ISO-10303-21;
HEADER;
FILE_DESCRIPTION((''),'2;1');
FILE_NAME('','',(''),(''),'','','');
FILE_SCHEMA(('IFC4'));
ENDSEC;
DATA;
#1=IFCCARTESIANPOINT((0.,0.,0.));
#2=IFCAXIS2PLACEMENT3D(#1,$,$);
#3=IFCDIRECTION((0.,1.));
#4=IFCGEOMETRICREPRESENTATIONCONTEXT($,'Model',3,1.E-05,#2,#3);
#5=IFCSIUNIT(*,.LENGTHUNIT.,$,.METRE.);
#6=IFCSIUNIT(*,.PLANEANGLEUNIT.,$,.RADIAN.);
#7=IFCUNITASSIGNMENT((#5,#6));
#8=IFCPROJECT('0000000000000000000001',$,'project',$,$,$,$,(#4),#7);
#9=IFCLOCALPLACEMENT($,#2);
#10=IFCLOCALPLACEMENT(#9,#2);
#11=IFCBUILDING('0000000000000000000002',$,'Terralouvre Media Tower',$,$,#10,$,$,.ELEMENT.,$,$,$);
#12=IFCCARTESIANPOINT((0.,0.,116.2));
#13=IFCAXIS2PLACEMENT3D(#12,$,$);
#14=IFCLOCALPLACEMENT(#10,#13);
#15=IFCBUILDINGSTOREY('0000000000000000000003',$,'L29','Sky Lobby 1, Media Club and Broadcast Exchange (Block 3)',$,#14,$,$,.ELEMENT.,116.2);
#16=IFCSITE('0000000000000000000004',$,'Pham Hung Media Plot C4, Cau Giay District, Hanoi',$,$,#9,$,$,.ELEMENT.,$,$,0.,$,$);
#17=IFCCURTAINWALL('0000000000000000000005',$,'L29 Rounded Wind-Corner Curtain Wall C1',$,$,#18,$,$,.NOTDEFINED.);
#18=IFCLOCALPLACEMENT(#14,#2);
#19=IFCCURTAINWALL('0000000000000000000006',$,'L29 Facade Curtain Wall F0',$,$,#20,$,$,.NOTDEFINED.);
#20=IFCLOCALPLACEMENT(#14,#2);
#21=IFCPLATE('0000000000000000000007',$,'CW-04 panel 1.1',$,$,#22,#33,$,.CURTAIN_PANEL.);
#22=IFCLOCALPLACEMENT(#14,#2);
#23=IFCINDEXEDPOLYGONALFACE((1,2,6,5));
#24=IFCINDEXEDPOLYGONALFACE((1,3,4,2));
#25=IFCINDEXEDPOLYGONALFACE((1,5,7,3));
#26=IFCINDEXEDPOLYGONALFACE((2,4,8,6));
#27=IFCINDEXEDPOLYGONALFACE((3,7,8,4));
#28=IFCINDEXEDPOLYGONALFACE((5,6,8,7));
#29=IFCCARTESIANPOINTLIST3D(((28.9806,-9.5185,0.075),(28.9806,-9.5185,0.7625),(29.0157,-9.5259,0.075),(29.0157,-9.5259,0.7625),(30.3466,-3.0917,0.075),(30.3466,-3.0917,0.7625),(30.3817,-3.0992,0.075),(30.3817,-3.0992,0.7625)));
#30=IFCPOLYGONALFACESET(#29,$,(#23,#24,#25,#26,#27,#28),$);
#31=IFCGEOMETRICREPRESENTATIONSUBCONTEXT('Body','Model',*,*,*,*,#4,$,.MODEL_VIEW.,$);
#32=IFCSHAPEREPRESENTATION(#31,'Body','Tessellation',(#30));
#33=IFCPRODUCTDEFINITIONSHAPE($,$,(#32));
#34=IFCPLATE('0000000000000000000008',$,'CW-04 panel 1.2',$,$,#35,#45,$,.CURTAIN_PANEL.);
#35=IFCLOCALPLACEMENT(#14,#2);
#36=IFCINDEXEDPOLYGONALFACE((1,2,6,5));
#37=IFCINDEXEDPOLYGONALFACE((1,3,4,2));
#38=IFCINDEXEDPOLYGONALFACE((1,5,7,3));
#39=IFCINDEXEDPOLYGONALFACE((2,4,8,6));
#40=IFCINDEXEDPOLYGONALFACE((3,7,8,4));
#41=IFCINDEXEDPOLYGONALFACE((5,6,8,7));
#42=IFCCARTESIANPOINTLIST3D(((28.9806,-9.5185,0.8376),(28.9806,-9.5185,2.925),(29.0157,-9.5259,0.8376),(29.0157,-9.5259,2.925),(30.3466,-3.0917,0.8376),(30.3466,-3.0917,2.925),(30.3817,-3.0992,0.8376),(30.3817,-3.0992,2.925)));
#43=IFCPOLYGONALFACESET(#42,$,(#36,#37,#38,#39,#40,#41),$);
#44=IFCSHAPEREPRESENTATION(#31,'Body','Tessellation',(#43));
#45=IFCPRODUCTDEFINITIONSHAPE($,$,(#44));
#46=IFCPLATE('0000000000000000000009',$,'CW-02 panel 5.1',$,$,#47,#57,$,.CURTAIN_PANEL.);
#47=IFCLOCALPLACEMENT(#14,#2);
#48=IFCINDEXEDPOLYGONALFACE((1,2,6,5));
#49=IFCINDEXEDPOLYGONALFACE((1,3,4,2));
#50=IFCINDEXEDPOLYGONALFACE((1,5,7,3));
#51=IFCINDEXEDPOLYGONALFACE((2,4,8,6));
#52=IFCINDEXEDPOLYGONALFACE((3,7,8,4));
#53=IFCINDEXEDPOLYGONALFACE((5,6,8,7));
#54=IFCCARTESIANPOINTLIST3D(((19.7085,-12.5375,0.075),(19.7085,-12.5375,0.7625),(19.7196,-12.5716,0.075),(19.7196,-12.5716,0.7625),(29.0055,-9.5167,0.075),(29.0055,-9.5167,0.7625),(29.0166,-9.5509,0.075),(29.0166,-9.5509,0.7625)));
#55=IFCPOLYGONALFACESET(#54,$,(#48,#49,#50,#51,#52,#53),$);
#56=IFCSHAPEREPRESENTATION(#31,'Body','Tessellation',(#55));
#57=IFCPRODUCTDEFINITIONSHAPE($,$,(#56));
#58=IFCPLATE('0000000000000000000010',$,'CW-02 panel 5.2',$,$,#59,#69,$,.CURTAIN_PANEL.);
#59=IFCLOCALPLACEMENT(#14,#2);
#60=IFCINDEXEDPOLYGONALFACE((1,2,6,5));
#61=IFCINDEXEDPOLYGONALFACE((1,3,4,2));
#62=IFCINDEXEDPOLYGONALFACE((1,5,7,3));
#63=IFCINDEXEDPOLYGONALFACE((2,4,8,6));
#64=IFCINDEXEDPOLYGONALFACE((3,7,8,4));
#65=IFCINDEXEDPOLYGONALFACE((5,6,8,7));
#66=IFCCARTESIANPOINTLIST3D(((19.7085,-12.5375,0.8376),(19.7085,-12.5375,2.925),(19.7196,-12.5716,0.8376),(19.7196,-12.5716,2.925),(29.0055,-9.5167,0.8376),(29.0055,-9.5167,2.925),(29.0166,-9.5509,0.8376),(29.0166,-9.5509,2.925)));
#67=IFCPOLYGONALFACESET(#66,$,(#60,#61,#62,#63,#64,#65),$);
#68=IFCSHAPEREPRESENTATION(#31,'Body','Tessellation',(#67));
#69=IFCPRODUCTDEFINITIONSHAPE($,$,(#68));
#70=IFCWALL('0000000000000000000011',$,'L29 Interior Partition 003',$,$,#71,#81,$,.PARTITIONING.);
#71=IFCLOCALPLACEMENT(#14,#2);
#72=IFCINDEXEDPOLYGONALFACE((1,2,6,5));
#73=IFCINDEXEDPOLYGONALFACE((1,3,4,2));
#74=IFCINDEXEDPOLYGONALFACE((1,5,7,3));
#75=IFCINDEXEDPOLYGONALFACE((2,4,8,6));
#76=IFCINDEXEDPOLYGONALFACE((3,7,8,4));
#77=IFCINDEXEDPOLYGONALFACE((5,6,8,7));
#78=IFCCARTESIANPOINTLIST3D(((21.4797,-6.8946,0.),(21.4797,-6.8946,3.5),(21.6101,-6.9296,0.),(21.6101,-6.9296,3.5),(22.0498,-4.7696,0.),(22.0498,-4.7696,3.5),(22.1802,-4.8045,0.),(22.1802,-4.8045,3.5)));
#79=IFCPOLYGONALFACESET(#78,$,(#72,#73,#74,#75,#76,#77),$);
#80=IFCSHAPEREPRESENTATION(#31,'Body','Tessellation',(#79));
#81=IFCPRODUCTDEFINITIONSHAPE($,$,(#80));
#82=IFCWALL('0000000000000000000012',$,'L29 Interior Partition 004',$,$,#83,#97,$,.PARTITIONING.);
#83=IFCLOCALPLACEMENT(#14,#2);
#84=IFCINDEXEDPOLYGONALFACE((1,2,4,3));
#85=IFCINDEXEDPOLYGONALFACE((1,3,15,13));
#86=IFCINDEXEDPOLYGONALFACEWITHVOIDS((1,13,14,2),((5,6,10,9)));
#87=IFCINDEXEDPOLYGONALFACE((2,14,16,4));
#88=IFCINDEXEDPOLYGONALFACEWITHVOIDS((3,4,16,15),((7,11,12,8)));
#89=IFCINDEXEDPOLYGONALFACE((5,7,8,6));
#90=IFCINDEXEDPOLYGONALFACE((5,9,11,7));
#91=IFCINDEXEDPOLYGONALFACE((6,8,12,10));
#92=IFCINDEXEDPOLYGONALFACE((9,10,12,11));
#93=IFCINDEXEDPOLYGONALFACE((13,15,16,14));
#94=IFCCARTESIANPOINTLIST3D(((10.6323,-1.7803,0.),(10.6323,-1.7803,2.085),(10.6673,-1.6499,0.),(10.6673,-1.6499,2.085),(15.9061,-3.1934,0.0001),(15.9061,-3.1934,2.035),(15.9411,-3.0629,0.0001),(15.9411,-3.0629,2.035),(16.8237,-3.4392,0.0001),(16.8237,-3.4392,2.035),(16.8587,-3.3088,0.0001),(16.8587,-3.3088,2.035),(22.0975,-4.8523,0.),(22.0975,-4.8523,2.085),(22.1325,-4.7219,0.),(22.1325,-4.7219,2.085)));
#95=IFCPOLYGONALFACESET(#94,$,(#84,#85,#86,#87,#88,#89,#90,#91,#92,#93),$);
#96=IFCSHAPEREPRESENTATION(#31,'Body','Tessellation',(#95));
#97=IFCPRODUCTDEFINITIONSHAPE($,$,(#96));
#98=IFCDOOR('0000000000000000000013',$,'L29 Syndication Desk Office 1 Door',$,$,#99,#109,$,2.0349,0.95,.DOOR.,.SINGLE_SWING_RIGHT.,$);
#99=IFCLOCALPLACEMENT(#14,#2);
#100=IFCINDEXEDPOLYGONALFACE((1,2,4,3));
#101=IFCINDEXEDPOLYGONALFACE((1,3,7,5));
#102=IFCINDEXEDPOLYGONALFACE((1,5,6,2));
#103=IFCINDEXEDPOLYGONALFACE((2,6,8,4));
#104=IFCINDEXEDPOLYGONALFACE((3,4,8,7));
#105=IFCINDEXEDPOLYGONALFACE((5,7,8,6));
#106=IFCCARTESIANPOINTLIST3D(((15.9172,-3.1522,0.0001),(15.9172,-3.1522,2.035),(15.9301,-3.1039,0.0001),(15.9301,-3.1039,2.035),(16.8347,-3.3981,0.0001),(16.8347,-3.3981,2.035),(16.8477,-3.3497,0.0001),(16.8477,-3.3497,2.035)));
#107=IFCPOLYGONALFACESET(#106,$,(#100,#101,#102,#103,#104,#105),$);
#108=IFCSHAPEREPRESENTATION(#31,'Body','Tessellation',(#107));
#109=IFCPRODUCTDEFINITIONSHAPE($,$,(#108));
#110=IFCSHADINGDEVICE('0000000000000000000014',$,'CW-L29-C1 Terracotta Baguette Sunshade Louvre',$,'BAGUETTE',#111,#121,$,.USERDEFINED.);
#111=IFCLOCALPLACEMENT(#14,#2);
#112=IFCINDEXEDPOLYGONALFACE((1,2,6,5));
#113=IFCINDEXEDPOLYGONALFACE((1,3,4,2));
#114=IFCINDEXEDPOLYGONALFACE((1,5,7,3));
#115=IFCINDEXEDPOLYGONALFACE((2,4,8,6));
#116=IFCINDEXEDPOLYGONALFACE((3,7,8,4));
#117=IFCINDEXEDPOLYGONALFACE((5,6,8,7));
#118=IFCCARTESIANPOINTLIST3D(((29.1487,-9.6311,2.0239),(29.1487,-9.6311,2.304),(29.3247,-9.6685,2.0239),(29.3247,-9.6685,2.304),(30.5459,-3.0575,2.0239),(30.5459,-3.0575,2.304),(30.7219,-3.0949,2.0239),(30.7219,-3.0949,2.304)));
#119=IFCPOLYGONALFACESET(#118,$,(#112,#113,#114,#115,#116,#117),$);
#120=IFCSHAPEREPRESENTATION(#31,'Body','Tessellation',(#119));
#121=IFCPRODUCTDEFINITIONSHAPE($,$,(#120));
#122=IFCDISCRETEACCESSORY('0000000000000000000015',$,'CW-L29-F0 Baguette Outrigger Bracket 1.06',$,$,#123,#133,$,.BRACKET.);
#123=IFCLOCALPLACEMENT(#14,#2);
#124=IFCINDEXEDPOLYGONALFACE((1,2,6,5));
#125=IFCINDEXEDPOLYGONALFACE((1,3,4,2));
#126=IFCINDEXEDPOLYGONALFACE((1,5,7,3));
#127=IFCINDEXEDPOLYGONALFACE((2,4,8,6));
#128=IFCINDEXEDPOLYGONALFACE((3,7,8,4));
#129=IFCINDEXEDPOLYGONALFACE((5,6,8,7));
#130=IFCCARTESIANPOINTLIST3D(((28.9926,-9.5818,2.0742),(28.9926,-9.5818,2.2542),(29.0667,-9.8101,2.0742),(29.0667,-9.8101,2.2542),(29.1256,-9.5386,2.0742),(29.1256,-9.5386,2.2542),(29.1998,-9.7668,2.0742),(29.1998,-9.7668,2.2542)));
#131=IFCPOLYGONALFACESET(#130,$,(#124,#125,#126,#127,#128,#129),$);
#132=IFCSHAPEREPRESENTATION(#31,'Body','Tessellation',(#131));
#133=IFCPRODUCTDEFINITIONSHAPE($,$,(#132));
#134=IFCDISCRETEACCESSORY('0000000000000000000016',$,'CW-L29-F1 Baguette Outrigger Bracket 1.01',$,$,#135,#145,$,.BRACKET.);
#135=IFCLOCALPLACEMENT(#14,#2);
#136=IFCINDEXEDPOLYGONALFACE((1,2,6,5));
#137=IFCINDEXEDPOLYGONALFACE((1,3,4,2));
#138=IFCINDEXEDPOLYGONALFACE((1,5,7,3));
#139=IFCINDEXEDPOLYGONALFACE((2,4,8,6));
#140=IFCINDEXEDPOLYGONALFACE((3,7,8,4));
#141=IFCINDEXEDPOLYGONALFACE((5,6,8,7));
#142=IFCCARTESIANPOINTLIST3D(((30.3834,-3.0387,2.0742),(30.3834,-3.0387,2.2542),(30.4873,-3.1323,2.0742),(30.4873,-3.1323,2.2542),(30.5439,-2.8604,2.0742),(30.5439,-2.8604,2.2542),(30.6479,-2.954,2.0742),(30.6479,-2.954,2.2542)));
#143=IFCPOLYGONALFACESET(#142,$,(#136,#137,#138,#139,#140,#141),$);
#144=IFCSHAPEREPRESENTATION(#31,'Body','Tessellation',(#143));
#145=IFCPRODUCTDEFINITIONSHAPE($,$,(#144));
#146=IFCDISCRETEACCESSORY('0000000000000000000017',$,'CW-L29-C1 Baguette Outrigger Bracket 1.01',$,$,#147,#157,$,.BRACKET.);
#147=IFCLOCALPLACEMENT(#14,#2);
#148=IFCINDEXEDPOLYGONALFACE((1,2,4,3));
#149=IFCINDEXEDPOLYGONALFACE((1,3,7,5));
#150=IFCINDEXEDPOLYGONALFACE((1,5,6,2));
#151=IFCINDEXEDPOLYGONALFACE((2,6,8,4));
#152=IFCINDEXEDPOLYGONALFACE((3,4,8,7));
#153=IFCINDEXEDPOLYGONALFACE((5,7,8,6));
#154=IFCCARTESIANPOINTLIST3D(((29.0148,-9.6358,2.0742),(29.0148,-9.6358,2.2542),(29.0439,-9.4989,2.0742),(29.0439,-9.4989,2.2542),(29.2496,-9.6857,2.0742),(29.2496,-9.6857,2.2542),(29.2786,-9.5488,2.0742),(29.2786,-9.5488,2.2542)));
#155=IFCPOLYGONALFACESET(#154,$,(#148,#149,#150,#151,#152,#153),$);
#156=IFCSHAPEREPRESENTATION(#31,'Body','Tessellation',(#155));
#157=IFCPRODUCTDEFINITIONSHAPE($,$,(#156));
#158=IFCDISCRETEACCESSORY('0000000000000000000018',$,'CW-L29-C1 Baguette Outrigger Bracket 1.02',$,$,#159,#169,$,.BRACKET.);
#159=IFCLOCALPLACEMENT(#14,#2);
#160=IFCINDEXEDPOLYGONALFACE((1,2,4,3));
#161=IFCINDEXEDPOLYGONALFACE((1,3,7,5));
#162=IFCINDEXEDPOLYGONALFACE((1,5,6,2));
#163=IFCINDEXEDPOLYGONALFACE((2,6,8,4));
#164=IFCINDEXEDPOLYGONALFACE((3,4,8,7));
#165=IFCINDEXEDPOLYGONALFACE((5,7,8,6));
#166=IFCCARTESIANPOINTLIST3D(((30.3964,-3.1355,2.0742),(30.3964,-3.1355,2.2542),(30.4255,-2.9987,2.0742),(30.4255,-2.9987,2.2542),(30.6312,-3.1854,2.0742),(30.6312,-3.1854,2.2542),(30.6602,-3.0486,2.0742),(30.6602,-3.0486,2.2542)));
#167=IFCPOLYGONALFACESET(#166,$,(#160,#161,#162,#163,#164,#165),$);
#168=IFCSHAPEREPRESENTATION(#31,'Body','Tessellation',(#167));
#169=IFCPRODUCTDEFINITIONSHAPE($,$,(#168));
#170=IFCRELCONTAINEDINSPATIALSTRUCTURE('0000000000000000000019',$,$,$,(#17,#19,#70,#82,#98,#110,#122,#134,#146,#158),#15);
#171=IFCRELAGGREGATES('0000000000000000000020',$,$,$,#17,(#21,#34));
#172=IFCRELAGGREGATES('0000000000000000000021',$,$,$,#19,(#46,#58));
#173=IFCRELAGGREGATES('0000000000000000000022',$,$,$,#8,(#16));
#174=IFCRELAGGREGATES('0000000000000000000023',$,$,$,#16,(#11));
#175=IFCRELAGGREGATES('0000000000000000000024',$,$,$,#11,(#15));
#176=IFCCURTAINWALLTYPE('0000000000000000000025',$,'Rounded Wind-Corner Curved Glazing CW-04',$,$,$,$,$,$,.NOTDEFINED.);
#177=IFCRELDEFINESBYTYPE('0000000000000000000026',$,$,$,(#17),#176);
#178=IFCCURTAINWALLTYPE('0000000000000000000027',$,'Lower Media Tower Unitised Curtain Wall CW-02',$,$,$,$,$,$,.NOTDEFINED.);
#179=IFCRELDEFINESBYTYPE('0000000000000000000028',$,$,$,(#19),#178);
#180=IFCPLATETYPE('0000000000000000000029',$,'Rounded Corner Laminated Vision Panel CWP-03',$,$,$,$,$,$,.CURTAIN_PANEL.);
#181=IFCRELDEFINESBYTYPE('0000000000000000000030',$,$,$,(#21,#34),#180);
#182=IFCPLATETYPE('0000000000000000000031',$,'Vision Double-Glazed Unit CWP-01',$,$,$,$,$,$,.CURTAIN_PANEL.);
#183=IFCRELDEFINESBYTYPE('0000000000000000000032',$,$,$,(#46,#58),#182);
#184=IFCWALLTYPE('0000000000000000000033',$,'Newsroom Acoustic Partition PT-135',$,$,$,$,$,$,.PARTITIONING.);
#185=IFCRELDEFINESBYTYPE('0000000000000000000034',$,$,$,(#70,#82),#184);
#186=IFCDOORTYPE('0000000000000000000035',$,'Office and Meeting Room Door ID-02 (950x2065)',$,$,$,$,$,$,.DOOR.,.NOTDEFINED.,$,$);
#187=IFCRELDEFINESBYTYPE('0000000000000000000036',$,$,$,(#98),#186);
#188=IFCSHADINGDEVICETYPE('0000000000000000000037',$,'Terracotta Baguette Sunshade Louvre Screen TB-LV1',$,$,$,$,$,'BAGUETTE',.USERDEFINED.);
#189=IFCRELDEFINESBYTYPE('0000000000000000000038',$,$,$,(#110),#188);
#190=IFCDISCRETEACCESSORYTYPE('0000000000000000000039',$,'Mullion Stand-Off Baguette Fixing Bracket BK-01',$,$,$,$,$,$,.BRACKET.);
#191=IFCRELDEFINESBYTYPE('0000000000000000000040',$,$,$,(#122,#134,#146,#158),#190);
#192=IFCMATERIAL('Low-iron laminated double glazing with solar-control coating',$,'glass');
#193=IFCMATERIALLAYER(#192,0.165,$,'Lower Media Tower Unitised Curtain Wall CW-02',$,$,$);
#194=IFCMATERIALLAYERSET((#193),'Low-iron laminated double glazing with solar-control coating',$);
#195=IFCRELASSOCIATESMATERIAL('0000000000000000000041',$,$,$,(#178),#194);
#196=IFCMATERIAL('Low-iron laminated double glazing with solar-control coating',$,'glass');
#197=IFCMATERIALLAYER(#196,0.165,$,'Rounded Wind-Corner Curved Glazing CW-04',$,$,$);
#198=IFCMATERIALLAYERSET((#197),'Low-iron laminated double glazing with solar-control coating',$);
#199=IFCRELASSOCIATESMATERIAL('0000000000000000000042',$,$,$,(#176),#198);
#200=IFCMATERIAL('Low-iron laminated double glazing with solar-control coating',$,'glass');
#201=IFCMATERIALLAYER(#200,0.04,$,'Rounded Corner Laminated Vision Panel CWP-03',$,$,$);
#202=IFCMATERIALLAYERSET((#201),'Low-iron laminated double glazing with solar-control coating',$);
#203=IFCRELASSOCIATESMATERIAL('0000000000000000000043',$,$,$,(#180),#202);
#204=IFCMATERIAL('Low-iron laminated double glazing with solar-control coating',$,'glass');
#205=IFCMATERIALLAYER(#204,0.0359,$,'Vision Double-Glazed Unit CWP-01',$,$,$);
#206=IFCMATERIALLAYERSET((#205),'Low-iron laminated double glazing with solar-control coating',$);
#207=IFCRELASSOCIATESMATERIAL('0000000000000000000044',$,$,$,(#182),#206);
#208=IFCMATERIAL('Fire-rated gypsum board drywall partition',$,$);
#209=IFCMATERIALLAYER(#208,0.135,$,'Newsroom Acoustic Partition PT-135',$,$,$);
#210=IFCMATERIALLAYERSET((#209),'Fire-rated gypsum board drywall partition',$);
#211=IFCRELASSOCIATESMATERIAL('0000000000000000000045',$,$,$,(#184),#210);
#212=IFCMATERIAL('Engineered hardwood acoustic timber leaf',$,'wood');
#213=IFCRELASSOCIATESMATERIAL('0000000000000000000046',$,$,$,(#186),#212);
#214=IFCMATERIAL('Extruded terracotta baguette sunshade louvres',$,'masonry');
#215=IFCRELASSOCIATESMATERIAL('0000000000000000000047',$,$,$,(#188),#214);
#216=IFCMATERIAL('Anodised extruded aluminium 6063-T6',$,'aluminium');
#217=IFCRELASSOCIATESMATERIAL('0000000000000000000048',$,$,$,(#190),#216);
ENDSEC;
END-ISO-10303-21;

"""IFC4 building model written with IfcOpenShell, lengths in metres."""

from ifc_helpers import new_model, si_unit, direction, frame, frame_2d, origin, origin_2d, place, context, subcontext, project, spatial, rectangle, extrude, material, layer, layer_set, type_object, element, fill, aggregate, save


model = new_model("IFC4")

# Units and contexts
model_context = context("Model", 3, precision=1e-05, world=origin(), true_north=direction((0.0, 1.0)))
body_context = subcontext(model_context, "Body", "Model", "MODEL_VIEW")
ifc_project = project(units=[si_unit("LENGTHUNIT", "METRE"), si_unit("PLANEANGLEUNIT", "RADIAN")], contexts=[model_context])

# Site, building, storey
site_placement = place(None, origin())
site = spatial("IfcSite", under=ifc_project, at=site_placement, Name="Pham Hung Media Plot C4, Cau Giay District, Hanoi", CompositionType="ELEMENT", RefElevation=0.0)
building_placement = place(site_placement, origin())
building = spatial("IfcBuilding", under=site, at=building_placement, Name="Terralouvre Media Tower", CompositionType="ELEMENT")
storey_placement = place(building_placement, frame((0.0, 0.0, 116.2)))
storey = spatial("IfcBuildingStorey", under=building, at=storey_placement, Name="L29", Description="Sky Lobby 1, Media Club and Broadcast Exchange (Block 3)", CompositionType="ELEMENT", Elevation=116.2)

# Curtain wall
ifc_material_1 = material(Name="Low-iron laminated double glazing with solar-control coating", Category="glass")
ifc_layer_1 = layer(ifc_material_1, 0.165, Name="Lower Media Tower Unitised Curtain Wall CW-02")
ifc_layer_set_1 = layer_set([ifc_layer_1], Name="Low-iron laminated double glazing with solar-control coating")
curtain_wall_type_1 = type_object("IfcCurtainWallType", Name="Lower Media Tower Unitised Curtain Wall CW-02", PredefinedType="NOTDEFINED", material=ifc_layer_set_1)
ifc_material_2 = material(Name="Low-iron laminated double glazing with solar-control coating", Category="glass")
ifc_layer_2 = layer(ifc_material_2, 0.165, Name="Rounded Wind-Corner Curved Glazing CW-04")
ifc_layer_set_2 = layer_set([ifc_layer_2], Name="Low-iron laminated double glazing with solar-control coating")
curtain_wall_type_2 = type_object("IfcCurtainWallType", Name="Rounded Wind-Corner Curved Glazing CW-04", PredefinedType="NOTDEFINED", material=ifc_layer_set_2)
curtain_wall_1_placement = place(storey_placement, origin())
curtain_wall_1 = element("IfcCurtainWall", 1, at=curtain_wall_1_placement, inside=storey, type_object=curtain_wall_type_2, Name="L29 Rounded Wind-Corner Curtain Wall C1", PredefinedType="NOTDEFINED")

# Curtain wall
curtain_wall_2_placement = place(storey_placement, origin())
curtain_wall_2 = element("IfcCurtainWall", 2, at=curtain_wall_2_placement, inside=storey, type_object=curtain_wall_type_1, Name="L29 Facade Curtain Wall F0", PredefinedType="NOTDEFINED")

# Plates
ifc_material_3 = material(Name="Low-iron laminated double glazing with solar-control coating", Category="glass")
ifc_layer_3 = layer(ifc_material_3, 0.04, Name="Rounded Corner Laminated Vision Panel CWP-03")
ifc_layer_set_3 = layer_set([ifc_layer_3], Name="Low-iron laminated double glazing with solar-control coating")
plate_type_1 = type_object("IfcPlateType", Name="Rounded Corner Laminated Vision Panel CWP-03", PredefinedType="CURTAIN_PANEL", material=ifc_layer_set_3)
plate_1_placement = place(storey_placement, frame((29.6812, -6.3088, 0.075), z_axis=(0.0, 0.0, 1.0), x_axis=(0.207912, 0.978148, 0.0)))
plate_1 = element("IfcPlate", 3, at=plate_1_placement, type_object=plate_type_1, Name="CW-04 panel 1.1", PredefinedType="CURTAIN_PANEL", context=body_context, shape_type="SweptSolid", body=[
    extrude(rectangle(XDim=6.5703, YDim=0.0359, at=origin_2d()), origin(), (0.0, 0.0, 1.0), 0.6875),
])
plate_2_placement = place(storey_placement, frame((29.6812, -6.3088, 0.8376), z_axis=(0.0, 0.0, 1.0), x_axis=(0.207912, 0.978148, 0.0)))
plate_2 = element("IfcPlate", 4, at=plate_2_placement, type_object=plate_type_1, Name="CW-04 panel 1.2", PredefinedType="CURTAIN_PANEL", context=body_context, shape_type="SweptSolid", body=[
    extrude(rectangle(XDim=6.5703, YDim=0.0359, at=origin_2d()), origin(), (0.0, 0.0, 1.0), 2.0874),
])
aggregate(curtain_wall_1, [plate_1, plate_2])
ifc_material_4 = material(Name="Low-iron laminated double glazing with solar-control coating", Category="glass")
ifc_layer_4 = layer(ifc_material_4, 0.0359, Name="Vision Double-Glazed Unit CWP-01")
ifc_layer_set_4 = layer_set([ifc_layer_4], Name="Low-iron laminated double glazing with solar-control coating")
plate_type_2 = type_object("IfcPlateType", Name="Vision Double-Glazed Unit CWP-01", PredefinedType="CURTAIN_PANEL", material=ifc_layer_set_4)
plate_3_placement = place(storey_placement, frame((24.3625, -11.0442, 0.075), z_axis=(0.0, 0.0, 1.0), x_axis=(0.951057, 0.309017, 0.0)))
plate_3 = element("IfcPlate", 5, at=plate_3_placement, type_object=plate_type_2, Name="CW-02 panel 5.1", PredefinedType="CURTAIN_PANEL", context=body_context, shape_type="SweptSolid", body=[
    extrude(rectangle(XDim=9.7754, YDim=0.0359, at=origin_2d()), origin(), (0.0, 0.0, 1.0), 0.6875),
])
plate_4_placement = place(storey_placement, frame((24.3625, -11.0442, 0.8376), z_axis=(0.0, 0.0, 1.0), x_axis=(0.951057, 0.309017, 0.0)))
plate_4 = element("IfcPlate", 6, at=plate_4_placement, type_object=plate_type_2, Name="CW-02 panel 5.2", PredefinedType="CURTAIN_PANEL", context=body_context, shape_type="SweptSolid", body=[
    extrude(rectangle(XDim=9.7754, YDim=0.0359, at=origin_2d()), origin(), (0.0, 0.0, 1.0), 2.0874),
])
aggregate(curtain_wall_2, [plate_3, plate_4])

# Wall
ifc_material_5 = material(Name="Fire-rated gypsum board drywall partition")
ifc_layer_5 = layer(ifc_material_5, 0.135, Name="Newsroom Acoustic Partition PT-135")
ifc_layer_set_5 = layer_set([ifc_layer_5], Name="Fire-rated gypsum board drywall partition")
wall_type = type_object("IfcWallType", Name="Newsroom Acoustic Partition PT-135", PredefinedType="PARTITIONING", material=ifc_layer_set_5)
wall_1_placement = place(storey_placement, frame((21.5449, -6.9121, 0.0), z_axis=(0.0, 0.0, 1.0), x_axis=(0.259106, 0.965849, 0.0)))
element("IfcWall", 7, at=wall_1_placement, inside=storey, type_object=wall_type, Name="L29 Interior Partition 003", PredefinedType="PARTITIONING", context=body_context, shape_type="SweptSolid", body=[
    extrude(rectangle(XDim=2.2002, YDim=0.135, at=frame_2d((1.1001, 0.0))), origin(), (0.0, 0.0, 1.0), 3.5),
])

# Wall, opening, door
wall_2_placement = place(storey_placement, frame((22.115, -4.7871, 0.0), z_axis=(0.0, 0.0, 1.0), x_axis=(-0.965927, 0.258816, 0.0)))
wall_2 = element("IfcWall", 8, at=wall_2_placement, inside=storey, type_object=wall_type, Name="L29 Interior Partition 004", PredefinedType="PARTITIONING", context=body_context, shape_type="SweptSolid", body=[
    extrude(rectangle(XDim=11.8696, YDim=0.135, at=frame_2d((5.9348, 0.0))), origin(), (0.0, 0.0, 1.0), 2.085),
])
opening_placement = place(wall_2_placement, frame((5.4597, 0.0, 0.0)))
opening = element("IfcOpeningElement", 9, at=opening_placement, cuts=wall_2, PredefinedType="OPENING", context=body_context, shape_type="SweptSolid", body=[
    extrude(rectangle(XDim=0.95, YDim=2.0349, at=frame_2d((0.4751, 1.0176))), frame((0.0, 0.0774, 0.0), z_axis=(0.0, -1.0, 0.0), x_axis=(1.0, 0.0, 0.0)), (0.0, 0.0, 1.0), 0.155),
])
ifc_material_6 = material(Name="Engineered hardwood acoustic timber leaf", Category="wood")
door_type = type_object("IfcDoorType", Name="Office and Meeting Room Door ID-02 (950x2065)", OperationType="NOTDEFINED", PredefinedType="DOOR", material=ifc_material_6)
door_placement = place(opening_placement, origin())
door = element("IfcDoor", 10, at=door_placement, inside=storey, type_object=door_type, Name="L29 Syndication Desk Office 1 Door", OperationType="SINGLE_SWING_RIGHT", OverallHeight=2.0349, OverallWidth=0.95, PredefinedType="DOOR", context=body_context, shape_type="SweptSolid", body=[
    extrude(rectangle(XDim=0.95, YDim=2.0349, at=frame_2d((0.4751, 1.0176))), frame((0.0, 0.0249, 0.0), z_axis=(0.0, -1.0, 0.0), x_axis=(1.0, 0.0, 0.0)), (0.0, 0.0, 1.0), 0.05),
])
fill(opening, door)

# Shading device
ifc_material_7 = material(Name="Extruded terracotta baguette sunshade louvres", Category="masonry")
shading_device_type = type_object("IfcShadingDeviceType", Name="Terracotta Baguette Sunshade Louvre Screen TB-LV1", ElementType="BAGUETTE", PredefinedType="USERDEFINED", material=ifc_material_7)
shading_device_placement = place(storey_placement, frame((29.9353, -6.363, 2.0239), z_axis=(0.0, 0.0, 1.0), x_axis=(0.207912, 0.978148, 0.0)))
element("IfcShadingDevice", 11, at=shading_device_placement, inside=storey, type_object=shading_device_type, Name="CW-L29-C1 Terracotta Baguette Sunshade Louvre", ObjectType="BAGUETTE", PredefinedType="USERDEFINED", context=body_context, shape_type="SweptSolid", body=[
    extrude(rectangle(XDim=6.7205, YDim=0.1799, at=origin_2d()), origin(), (0.0, 0.0, 1.0), 0.28),
])

# Discrete accessories
ifc_material_8 = material(Name="Anodised extruded aluminium 6063-T6", Category="aluminium")
discrete_accessory_type = type_object("IfcDiscreteAccessoryType", Name="Mullion Stand-Off Baguette Fixing Bracket BK-01", PredefinedType="BRACKET", material=ifc_material_8)
for number, where, z_axis, x_axis, name in (
    (12, (29.0962, -9.6743, 2.0742), (0.0, 0.0, 1.0), (0.951057, 0.309017, 0.0), "CW-L29-F0 Baguette Outrigger Bracket 1.06"),
    (13, (30.5156, -2.9963, 2.0742), (0.0, 0.0, 1.0), (-0.743145, 0.669131, 0.0), "CW-L29-F1 Baguette Outrigger Bracket 1.01"),
    (14, (29.1467, -9.5923, 2.0742), (0.0, 0.0, 1.0), (0.207912, 0.978148, 0.0), "CW-L29-C1 Baguette Outrigger Bracket 1.01"),
    (15, (30.5283, -3.092, 2.0742), (0.0, 0.0, 1.0), (0.207912, 0.978148, 0.0), "CW-L29-C1 Baguette Outrigger Bracket 1.02"),
):
    element("IfcDiscreteAccessory", number, at=place(storey_placement, frame(where, z_axis=z_axis, x_axis=x_axis)), inside=storey, type_object=discrete_accessory_type, Name=name, PredefinedType="BRACKET", context=body_context, shape_type="SweptSolid", body=[
        extrude(rectangle(XDim=0.1399, YDim=0.24, at=origin_2d()), origin(), (0.0, 0.0, 1.0), 0.1799),
    ])

save(model, "model.ifc")
